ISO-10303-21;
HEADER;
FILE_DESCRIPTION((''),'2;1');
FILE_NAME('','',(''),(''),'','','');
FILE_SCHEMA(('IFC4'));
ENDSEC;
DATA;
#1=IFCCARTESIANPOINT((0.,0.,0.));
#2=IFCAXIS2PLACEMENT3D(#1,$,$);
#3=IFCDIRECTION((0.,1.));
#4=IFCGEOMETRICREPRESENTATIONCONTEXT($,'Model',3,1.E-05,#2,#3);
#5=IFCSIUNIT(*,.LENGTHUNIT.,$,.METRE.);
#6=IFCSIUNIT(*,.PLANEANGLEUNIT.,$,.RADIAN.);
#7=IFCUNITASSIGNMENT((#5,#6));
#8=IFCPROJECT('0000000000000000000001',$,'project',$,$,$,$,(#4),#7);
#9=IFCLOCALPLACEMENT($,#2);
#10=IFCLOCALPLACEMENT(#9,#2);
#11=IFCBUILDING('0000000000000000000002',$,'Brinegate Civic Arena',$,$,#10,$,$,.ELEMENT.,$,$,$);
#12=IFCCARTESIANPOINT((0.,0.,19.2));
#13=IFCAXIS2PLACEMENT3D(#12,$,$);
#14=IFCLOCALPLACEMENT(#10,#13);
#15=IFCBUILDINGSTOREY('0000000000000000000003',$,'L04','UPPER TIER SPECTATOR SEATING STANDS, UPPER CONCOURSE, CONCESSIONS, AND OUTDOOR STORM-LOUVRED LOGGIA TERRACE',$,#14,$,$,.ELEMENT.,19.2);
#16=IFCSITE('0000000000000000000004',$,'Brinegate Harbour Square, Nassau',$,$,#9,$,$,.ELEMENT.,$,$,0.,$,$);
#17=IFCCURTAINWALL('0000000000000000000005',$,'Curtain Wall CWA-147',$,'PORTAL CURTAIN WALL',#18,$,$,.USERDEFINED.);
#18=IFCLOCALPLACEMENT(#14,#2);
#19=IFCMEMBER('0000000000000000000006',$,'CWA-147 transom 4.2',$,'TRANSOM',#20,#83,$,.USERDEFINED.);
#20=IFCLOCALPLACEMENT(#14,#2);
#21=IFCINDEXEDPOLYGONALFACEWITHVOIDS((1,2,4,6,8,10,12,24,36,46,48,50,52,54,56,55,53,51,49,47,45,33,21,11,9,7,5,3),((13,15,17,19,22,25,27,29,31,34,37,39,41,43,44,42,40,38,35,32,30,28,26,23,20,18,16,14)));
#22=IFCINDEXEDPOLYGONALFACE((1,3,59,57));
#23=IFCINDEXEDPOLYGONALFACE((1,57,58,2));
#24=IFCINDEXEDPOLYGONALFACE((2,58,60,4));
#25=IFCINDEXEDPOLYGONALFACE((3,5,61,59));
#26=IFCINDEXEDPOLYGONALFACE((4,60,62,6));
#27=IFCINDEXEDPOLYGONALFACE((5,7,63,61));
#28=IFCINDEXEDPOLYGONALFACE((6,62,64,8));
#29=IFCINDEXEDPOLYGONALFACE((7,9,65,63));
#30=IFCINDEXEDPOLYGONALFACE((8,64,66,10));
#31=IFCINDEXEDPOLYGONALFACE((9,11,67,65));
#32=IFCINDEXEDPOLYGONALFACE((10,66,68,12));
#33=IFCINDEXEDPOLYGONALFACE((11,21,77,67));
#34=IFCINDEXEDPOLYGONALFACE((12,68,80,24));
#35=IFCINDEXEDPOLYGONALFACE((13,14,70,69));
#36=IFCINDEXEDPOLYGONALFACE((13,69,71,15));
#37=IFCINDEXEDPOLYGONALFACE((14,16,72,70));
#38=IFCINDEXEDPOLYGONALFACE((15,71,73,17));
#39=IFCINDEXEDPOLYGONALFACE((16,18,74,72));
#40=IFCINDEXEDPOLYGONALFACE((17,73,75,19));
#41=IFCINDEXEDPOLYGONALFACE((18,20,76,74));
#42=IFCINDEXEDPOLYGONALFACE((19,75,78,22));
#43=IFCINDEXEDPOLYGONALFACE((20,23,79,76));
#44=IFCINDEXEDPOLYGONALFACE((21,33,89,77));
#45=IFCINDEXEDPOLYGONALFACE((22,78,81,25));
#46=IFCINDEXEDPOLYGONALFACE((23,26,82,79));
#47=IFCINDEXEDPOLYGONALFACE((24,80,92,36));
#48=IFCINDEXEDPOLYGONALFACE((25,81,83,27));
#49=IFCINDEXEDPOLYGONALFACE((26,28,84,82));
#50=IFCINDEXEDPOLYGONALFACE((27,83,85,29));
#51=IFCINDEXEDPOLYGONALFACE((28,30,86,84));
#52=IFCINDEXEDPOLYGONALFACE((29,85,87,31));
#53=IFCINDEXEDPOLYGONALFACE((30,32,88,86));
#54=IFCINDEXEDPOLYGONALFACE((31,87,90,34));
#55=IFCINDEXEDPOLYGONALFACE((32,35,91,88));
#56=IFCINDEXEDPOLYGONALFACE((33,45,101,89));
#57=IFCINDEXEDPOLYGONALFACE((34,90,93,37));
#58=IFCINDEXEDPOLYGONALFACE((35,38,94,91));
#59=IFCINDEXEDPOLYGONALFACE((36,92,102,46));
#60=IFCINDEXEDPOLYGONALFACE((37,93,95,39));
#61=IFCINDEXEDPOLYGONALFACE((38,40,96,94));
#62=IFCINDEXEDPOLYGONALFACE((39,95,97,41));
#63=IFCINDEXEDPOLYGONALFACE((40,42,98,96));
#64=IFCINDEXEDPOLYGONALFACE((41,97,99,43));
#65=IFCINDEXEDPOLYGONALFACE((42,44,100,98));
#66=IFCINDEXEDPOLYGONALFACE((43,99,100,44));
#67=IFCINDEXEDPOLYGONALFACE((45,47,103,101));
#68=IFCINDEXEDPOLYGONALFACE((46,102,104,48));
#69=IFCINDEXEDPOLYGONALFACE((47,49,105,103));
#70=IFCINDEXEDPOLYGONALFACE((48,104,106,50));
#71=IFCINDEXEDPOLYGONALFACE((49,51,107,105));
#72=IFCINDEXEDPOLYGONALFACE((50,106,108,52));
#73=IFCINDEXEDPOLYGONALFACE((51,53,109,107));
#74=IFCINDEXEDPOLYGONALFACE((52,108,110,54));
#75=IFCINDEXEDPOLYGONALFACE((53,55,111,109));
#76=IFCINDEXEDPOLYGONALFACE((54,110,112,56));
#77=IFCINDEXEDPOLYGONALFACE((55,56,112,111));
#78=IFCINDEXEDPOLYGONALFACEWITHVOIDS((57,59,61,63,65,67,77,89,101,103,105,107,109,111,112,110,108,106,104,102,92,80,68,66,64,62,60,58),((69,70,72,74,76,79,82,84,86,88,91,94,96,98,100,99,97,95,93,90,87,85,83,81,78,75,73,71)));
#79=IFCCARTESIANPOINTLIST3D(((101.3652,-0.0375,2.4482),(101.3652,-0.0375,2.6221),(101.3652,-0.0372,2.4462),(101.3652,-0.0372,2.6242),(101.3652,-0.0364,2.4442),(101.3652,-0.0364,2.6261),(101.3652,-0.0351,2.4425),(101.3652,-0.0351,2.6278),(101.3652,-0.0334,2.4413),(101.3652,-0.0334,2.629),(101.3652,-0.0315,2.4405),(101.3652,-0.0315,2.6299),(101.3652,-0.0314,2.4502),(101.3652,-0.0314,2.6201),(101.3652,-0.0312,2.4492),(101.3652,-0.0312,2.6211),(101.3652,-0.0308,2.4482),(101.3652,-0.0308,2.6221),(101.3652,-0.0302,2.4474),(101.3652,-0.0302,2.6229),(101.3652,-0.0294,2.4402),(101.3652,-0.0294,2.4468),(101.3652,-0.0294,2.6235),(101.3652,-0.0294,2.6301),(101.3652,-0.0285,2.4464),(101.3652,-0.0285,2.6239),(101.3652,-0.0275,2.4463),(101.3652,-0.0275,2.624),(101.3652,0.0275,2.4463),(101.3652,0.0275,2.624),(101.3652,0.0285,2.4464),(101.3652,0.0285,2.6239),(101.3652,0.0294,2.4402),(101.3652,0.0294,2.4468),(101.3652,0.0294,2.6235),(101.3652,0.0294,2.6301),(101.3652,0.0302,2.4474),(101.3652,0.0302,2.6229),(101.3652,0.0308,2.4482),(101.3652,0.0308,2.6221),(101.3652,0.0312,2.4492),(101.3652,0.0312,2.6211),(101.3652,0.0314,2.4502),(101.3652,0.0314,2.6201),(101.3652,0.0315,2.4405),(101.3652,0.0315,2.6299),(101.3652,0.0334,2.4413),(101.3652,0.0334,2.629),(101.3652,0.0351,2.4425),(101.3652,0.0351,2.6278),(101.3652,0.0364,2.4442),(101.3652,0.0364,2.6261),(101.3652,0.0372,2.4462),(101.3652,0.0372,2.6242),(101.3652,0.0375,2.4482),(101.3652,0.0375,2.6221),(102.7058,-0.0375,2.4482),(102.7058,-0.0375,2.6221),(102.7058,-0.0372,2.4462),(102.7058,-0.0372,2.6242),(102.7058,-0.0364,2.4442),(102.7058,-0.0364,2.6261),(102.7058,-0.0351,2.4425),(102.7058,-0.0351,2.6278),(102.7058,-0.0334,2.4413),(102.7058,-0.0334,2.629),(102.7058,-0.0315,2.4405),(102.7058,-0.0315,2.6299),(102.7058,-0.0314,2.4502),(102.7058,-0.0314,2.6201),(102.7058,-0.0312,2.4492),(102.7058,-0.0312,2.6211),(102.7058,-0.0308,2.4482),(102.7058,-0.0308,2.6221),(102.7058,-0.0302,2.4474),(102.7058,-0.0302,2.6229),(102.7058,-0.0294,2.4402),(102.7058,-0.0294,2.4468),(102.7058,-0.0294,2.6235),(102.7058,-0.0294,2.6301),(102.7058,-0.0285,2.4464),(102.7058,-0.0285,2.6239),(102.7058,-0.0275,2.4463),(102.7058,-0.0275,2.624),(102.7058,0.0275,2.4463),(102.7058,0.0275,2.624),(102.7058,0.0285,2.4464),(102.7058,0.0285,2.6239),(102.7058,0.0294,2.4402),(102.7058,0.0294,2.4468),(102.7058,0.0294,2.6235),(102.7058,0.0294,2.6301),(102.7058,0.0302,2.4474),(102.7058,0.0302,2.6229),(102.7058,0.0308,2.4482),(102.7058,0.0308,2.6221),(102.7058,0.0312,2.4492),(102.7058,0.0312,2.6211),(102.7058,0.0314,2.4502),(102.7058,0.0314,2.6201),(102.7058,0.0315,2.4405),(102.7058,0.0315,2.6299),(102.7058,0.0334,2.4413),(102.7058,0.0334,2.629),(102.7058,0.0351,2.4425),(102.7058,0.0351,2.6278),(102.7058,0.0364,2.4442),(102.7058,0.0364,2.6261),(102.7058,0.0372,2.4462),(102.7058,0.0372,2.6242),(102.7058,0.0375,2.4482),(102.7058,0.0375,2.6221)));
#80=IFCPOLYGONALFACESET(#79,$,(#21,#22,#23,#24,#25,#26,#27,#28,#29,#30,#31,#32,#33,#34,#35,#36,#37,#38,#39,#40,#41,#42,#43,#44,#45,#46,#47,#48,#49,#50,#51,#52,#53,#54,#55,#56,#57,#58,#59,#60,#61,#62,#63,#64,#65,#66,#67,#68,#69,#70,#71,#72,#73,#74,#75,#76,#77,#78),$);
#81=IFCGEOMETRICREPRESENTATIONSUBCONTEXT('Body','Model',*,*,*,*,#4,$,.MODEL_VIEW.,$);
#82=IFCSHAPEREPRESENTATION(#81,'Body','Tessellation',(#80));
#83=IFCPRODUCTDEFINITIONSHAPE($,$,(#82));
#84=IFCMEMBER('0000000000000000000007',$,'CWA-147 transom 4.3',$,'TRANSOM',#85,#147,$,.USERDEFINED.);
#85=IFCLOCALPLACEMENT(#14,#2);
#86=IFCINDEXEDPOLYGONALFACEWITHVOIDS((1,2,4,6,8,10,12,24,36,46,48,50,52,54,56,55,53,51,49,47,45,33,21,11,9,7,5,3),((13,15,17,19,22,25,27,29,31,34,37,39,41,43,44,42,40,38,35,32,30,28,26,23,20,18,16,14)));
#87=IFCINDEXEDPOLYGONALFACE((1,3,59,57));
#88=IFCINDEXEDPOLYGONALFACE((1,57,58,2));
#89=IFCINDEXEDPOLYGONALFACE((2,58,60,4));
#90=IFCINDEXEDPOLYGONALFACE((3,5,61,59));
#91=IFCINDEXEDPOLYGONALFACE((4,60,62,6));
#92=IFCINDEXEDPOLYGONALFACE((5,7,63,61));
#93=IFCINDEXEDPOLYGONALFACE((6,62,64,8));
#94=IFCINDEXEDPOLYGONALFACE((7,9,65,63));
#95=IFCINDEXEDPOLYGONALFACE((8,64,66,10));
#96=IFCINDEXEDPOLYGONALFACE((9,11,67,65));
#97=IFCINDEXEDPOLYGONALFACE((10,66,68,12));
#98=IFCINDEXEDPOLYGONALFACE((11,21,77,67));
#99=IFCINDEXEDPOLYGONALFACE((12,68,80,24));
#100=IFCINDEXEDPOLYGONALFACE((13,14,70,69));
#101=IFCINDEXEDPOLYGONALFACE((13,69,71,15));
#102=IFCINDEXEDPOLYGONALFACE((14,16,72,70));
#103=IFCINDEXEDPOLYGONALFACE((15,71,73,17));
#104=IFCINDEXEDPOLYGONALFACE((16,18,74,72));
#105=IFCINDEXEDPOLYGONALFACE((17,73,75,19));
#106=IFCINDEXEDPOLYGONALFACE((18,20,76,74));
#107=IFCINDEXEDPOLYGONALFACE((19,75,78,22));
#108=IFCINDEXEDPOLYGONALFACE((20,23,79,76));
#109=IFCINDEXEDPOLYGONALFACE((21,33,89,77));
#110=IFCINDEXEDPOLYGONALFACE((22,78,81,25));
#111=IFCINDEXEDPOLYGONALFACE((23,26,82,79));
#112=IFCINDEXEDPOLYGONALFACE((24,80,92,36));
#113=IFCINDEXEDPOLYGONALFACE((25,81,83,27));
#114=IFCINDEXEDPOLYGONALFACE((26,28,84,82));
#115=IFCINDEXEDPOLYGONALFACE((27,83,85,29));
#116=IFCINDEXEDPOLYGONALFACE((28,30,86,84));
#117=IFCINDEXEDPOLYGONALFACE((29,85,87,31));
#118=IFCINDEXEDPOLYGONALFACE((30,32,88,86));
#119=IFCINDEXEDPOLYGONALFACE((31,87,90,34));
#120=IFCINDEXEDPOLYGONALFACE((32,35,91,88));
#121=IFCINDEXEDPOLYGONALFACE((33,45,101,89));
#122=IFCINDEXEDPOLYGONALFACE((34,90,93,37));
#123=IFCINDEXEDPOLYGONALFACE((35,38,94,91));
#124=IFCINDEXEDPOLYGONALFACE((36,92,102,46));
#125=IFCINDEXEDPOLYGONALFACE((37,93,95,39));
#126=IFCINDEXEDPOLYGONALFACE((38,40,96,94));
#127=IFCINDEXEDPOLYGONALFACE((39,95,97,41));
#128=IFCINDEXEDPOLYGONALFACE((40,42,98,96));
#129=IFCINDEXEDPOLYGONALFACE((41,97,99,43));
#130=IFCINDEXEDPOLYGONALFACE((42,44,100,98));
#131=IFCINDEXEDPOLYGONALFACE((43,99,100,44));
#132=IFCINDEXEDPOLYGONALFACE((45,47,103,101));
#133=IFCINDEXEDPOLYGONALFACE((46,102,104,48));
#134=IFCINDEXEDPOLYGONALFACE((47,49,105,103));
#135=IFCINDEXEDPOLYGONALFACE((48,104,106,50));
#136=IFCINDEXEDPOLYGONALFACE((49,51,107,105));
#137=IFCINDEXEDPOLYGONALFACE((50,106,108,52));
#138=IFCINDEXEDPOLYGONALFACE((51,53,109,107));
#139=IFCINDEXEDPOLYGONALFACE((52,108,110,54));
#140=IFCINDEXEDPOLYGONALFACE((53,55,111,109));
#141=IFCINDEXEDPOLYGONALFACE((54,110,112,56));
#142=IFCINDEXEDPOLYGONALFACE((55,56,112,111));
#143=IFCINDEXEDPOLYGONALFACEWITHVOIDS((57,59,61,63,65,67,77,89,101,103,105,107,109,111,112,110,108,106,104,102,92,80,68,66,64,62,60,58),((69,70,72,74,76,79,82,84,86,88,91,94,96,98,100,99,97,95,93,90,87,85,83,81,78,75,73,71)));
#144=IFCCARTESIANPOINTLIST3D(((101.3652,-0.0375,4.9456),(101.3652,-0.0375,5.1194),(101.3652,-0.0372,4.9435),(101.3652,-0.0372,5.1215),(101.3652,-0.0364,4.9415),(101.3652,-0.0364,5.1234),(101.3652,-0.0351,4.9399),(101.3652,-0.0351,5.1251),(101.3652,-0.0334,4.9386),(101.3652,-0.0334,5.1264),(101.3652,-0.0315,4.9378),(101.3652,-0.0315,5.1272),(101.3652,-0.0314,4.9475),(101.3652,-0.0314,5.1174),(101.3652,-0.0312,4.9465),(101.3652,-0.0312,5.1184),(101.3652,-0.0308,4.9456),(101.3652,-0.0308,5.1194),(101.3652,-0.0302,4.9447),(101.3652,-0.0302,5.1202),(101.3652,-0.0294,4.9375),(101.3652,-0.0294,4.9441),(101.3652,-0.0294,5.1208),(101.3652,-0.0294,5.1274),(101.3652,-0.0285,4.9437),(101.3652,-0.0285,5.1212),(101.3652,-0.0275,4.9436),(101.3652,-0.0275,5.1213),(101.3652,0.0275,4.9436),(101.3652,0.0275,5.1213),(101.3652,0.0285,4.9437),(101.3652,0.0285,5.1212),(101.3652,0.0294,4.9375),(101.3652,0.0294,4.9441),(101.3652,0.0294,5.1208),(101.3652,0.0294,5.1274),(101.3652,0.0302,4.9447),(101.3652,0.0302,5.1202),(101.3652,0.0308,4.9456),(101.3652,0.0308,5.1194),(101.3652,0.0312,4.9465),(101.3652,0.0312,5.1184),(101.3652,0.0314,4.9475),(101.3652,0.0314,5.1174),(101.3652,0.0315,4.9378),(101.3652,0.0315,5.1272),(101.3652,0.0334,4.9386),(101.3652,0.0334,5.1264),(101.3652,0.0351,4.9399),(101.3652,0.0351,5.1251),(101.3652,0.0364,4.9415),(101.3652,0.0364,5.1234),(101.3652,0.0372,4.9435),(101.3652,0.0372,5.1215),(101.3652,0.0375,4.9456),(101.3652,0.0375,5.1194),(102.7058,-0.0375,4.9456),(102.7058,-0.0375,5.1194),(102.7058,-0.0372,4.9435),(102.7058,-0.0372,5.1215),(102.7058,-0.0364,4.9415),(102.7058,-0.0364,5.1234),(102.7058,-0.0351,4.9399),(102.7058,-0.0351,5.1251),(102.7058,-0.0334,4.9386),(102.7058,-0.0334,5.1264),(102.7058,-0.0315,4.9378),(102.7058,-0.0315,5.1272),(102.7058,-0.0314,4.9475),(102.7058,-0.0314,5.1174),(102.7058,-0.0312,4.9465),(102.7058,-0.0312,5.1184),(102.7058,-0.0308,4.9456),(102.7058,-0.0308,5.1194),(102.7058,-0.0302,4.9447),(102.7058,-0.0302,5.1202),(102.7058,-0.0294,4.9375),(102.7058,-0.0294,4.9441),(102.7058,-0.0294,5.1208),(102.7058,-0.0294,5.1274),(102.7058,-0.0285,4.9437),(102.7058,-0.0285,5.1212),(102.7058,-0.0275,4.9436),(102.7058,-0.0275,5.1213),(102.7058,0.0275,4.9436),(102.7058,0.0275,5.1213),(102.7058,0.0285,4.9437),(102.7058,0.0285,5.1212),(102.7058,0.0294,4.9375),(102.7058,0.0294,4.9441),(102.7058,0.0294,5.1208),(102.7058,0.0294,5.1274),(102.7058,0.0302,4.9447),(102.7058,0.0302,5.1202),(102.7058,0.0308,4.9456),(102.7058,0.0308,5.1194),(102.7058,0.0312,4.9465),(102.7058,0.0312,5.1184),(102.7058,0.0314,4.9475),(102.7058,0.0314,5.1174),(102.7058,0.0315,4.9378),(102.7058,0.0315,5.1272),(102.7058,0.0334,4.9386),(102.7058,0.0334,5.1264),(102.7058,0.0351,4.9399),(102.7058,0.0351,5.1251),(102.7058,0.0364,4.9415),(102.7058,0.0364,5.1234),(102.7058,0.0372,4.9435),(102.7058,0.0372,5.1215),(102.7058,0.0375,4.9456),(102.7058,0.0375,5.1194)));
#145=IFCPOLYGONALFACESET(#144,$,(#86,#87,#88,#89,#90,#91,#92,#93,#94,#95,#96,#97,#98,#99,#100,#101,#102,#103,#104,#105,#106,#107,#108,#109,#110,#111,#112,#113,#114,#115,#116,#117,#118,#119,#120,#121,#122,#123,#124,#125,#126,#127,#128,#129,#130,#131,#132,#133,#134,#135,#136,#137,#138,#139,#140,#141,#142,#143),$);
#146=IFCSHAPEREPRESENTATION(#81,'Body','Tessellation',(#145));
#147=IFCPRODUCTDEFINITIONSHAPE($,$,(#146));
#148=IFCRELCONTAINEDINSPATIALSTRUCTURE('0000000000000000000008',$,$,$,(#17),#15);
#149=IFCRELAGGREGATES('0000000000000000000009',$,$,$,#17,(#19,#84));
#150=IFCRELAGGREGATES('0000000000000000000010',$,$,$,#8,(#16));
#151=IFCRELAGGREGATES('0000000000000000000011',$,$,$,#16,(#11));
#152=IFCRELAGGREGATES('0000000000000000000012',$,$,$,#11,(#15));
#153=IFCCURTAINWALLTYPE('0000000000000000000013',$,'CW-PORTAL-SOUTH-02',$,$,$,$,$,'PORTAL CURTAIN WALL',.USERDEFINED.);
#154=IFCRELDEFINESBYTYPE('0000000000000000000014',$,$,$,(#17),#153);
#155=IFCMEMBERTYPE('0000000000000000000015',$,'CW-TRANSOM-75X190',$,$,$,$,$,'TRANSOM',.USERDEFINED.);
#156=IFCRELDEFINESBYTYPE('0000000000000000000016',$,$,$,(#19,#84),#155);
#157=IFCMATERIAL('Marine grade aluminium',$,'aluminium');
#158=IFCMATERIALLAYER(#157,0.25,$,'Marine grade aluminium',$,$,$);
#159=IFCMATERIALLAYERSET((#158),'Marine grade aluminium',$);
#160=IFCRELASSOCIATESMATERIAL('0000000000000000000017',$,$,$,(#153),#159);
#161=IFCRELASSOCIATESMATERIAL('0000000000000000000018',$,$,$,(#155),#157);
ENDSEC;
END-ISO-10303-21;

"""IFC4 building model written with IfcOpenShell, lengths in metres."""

from ifc_helpers import new_model, si_unit, direction, frame, origin, origin_2d, place, context, subcontext, project, spatial, hollow_rectangle, extrude, material, layer, layer_set, material_profile, profile_set, type_object, element, aggregate, save


model = new_model("IFC4")

# Units and contexts
model_context = context("Model", 3, precision=1e-05, world=origin(), true_north=direction((0.0, 1.0)))
body_context = subcontext(model_context, "Body", "Model", "MODEL_VIEW")
ifc_project = project(units=[si_unit("LENGTHUNIT", "METRE"), si_unit("PLANEANGLEUNIT", "RADIAN")], contexts=[model_context])

# Site, building, storey
site_placement = place(None, origin())
site = spatial("IfcSite", under=ifc_project, at=site_placement, Name="Brinegate Harbour Square, Nassau", CompositionType="ELEMENT", RefElevation=0.0)
building_placement = place(site_placement, origin())
building = spatial("IfcBuilding", under=site, at=building_placement, Name="Brinegate Civic Arena", CompositionType="ELEMENT")
storey_placement = place(building_placement, frame((0.0, 0.0, 19.2)))
storey = spatial("IfcBuildingStorey", under=building, at=storey_placement, Name="L04", Description="UPPER TIER SPECTATOR SEATING STANDS, UPPER CONCOURSE, CONCESSIONS, AND OUTDOOR STORM-LOUVRED LOGGIA TERRACE", CompositionType="ELEMENT", Elevation=19.2)

# Curtain wall, members
ifc_material_1 = material(Name="Marine grade aluminium", Category="aluminium")
ifc_layer_1 = layer(ifc_material_1, 0.25, Name="Marine grade aluminium")
ifc_layer_set_1 = layer_set([ifc_layer_1], Name="Marine grade aluminium")
curtain_wall_type = type_object("IfcCurtainWallType", Name="CW-PORTAL-SOUTH-02", ElementType="PORTAL CURTAIN WALL", PredefinedType="USERDEFINED", material=ifc_layer_set_1)
curtain_wall_placement = place(storey_placement, origin())
curtain_wall = element("IfcCurtainWall", 1, at=curtain_wall_placement, inside=storey, type_object=curtain_wall_type, Name="Curtain Wall CWA-147", ObjectType="PORTAL CURTAIN WALL", PredefinedType="USERDEFINED")
ifc_material_profile_1 = material_profile(ifc_material_1, hollow_rectangle(XDim=0.075, YDim=0.1899, WallThickness=0.0061, InnerFilletRadius=0.0039, OuterFilletRadius=0.0081, at=origin_2d()), Name="TRN75X190")
ifc_profile_set_1 = profile_set([ifc_material_profile_1], Name="Marine grade aluminium")
member_type_1 = type_object("IfcMemberType", Name="CW-TRANSOM-75X190", ElementType="TRANSOM", PredefinedType="USERDEFINED", material=ifc_profile_set_1)
member_1_placement = place(storey_placement, frame((101.3652, 0.0, 2.5352), z_axis=(1.0, 0.0, 0.0), x_axis=(0.0, 1.0, 0.0)))
member_1 = element("IfcMember", 2, at=member_1_placement, type_object=member_type_1, Name="CWA-147 transom 4.2", ObjectType="TRANSOM", PredefinedType="USERDEFINED", context=body_context, shape_type="SweptSolid", body=[
    extrude(hollow_rectangle(XDim=0.075, YDim=0.1899, WallThickness=0.0061, InnerFilletRadius=0.0039, OuterFilletRadius=0.0081, at=origin_2d()), origin(), (0.0, 0.0, 1.0), 1.3406),
])
member_2_placement = place(storey_placement, frame((101.3652, 0.0, 5.0325), z_axis=(1.0, 0.0, 0.0), x_axis=(0.0, 1.0, 0.0)))
member_2 = element("IfcMember", 3, at=member_2_placement, type_object=member_type_1, Name="CWA-147 transom 4.3", ObjectType="TRANSOM", PredefinedType="USERDEFINED", context=body_context, shape_type="SweptSolid", body=[
    extrude(hollow_rectangle(XDim=0.075, YDim=0.1899, WallThickness=0.0061, InnerFilletRadius=0.0039, OuterFilletRadius=0.0081, at=origin_2d()), origin(), (0.0, 0.0, 1.0), 1.3406),
])
aggregate(curtain_wall, [member_1, member_2])

save(model, "model.ifc")
